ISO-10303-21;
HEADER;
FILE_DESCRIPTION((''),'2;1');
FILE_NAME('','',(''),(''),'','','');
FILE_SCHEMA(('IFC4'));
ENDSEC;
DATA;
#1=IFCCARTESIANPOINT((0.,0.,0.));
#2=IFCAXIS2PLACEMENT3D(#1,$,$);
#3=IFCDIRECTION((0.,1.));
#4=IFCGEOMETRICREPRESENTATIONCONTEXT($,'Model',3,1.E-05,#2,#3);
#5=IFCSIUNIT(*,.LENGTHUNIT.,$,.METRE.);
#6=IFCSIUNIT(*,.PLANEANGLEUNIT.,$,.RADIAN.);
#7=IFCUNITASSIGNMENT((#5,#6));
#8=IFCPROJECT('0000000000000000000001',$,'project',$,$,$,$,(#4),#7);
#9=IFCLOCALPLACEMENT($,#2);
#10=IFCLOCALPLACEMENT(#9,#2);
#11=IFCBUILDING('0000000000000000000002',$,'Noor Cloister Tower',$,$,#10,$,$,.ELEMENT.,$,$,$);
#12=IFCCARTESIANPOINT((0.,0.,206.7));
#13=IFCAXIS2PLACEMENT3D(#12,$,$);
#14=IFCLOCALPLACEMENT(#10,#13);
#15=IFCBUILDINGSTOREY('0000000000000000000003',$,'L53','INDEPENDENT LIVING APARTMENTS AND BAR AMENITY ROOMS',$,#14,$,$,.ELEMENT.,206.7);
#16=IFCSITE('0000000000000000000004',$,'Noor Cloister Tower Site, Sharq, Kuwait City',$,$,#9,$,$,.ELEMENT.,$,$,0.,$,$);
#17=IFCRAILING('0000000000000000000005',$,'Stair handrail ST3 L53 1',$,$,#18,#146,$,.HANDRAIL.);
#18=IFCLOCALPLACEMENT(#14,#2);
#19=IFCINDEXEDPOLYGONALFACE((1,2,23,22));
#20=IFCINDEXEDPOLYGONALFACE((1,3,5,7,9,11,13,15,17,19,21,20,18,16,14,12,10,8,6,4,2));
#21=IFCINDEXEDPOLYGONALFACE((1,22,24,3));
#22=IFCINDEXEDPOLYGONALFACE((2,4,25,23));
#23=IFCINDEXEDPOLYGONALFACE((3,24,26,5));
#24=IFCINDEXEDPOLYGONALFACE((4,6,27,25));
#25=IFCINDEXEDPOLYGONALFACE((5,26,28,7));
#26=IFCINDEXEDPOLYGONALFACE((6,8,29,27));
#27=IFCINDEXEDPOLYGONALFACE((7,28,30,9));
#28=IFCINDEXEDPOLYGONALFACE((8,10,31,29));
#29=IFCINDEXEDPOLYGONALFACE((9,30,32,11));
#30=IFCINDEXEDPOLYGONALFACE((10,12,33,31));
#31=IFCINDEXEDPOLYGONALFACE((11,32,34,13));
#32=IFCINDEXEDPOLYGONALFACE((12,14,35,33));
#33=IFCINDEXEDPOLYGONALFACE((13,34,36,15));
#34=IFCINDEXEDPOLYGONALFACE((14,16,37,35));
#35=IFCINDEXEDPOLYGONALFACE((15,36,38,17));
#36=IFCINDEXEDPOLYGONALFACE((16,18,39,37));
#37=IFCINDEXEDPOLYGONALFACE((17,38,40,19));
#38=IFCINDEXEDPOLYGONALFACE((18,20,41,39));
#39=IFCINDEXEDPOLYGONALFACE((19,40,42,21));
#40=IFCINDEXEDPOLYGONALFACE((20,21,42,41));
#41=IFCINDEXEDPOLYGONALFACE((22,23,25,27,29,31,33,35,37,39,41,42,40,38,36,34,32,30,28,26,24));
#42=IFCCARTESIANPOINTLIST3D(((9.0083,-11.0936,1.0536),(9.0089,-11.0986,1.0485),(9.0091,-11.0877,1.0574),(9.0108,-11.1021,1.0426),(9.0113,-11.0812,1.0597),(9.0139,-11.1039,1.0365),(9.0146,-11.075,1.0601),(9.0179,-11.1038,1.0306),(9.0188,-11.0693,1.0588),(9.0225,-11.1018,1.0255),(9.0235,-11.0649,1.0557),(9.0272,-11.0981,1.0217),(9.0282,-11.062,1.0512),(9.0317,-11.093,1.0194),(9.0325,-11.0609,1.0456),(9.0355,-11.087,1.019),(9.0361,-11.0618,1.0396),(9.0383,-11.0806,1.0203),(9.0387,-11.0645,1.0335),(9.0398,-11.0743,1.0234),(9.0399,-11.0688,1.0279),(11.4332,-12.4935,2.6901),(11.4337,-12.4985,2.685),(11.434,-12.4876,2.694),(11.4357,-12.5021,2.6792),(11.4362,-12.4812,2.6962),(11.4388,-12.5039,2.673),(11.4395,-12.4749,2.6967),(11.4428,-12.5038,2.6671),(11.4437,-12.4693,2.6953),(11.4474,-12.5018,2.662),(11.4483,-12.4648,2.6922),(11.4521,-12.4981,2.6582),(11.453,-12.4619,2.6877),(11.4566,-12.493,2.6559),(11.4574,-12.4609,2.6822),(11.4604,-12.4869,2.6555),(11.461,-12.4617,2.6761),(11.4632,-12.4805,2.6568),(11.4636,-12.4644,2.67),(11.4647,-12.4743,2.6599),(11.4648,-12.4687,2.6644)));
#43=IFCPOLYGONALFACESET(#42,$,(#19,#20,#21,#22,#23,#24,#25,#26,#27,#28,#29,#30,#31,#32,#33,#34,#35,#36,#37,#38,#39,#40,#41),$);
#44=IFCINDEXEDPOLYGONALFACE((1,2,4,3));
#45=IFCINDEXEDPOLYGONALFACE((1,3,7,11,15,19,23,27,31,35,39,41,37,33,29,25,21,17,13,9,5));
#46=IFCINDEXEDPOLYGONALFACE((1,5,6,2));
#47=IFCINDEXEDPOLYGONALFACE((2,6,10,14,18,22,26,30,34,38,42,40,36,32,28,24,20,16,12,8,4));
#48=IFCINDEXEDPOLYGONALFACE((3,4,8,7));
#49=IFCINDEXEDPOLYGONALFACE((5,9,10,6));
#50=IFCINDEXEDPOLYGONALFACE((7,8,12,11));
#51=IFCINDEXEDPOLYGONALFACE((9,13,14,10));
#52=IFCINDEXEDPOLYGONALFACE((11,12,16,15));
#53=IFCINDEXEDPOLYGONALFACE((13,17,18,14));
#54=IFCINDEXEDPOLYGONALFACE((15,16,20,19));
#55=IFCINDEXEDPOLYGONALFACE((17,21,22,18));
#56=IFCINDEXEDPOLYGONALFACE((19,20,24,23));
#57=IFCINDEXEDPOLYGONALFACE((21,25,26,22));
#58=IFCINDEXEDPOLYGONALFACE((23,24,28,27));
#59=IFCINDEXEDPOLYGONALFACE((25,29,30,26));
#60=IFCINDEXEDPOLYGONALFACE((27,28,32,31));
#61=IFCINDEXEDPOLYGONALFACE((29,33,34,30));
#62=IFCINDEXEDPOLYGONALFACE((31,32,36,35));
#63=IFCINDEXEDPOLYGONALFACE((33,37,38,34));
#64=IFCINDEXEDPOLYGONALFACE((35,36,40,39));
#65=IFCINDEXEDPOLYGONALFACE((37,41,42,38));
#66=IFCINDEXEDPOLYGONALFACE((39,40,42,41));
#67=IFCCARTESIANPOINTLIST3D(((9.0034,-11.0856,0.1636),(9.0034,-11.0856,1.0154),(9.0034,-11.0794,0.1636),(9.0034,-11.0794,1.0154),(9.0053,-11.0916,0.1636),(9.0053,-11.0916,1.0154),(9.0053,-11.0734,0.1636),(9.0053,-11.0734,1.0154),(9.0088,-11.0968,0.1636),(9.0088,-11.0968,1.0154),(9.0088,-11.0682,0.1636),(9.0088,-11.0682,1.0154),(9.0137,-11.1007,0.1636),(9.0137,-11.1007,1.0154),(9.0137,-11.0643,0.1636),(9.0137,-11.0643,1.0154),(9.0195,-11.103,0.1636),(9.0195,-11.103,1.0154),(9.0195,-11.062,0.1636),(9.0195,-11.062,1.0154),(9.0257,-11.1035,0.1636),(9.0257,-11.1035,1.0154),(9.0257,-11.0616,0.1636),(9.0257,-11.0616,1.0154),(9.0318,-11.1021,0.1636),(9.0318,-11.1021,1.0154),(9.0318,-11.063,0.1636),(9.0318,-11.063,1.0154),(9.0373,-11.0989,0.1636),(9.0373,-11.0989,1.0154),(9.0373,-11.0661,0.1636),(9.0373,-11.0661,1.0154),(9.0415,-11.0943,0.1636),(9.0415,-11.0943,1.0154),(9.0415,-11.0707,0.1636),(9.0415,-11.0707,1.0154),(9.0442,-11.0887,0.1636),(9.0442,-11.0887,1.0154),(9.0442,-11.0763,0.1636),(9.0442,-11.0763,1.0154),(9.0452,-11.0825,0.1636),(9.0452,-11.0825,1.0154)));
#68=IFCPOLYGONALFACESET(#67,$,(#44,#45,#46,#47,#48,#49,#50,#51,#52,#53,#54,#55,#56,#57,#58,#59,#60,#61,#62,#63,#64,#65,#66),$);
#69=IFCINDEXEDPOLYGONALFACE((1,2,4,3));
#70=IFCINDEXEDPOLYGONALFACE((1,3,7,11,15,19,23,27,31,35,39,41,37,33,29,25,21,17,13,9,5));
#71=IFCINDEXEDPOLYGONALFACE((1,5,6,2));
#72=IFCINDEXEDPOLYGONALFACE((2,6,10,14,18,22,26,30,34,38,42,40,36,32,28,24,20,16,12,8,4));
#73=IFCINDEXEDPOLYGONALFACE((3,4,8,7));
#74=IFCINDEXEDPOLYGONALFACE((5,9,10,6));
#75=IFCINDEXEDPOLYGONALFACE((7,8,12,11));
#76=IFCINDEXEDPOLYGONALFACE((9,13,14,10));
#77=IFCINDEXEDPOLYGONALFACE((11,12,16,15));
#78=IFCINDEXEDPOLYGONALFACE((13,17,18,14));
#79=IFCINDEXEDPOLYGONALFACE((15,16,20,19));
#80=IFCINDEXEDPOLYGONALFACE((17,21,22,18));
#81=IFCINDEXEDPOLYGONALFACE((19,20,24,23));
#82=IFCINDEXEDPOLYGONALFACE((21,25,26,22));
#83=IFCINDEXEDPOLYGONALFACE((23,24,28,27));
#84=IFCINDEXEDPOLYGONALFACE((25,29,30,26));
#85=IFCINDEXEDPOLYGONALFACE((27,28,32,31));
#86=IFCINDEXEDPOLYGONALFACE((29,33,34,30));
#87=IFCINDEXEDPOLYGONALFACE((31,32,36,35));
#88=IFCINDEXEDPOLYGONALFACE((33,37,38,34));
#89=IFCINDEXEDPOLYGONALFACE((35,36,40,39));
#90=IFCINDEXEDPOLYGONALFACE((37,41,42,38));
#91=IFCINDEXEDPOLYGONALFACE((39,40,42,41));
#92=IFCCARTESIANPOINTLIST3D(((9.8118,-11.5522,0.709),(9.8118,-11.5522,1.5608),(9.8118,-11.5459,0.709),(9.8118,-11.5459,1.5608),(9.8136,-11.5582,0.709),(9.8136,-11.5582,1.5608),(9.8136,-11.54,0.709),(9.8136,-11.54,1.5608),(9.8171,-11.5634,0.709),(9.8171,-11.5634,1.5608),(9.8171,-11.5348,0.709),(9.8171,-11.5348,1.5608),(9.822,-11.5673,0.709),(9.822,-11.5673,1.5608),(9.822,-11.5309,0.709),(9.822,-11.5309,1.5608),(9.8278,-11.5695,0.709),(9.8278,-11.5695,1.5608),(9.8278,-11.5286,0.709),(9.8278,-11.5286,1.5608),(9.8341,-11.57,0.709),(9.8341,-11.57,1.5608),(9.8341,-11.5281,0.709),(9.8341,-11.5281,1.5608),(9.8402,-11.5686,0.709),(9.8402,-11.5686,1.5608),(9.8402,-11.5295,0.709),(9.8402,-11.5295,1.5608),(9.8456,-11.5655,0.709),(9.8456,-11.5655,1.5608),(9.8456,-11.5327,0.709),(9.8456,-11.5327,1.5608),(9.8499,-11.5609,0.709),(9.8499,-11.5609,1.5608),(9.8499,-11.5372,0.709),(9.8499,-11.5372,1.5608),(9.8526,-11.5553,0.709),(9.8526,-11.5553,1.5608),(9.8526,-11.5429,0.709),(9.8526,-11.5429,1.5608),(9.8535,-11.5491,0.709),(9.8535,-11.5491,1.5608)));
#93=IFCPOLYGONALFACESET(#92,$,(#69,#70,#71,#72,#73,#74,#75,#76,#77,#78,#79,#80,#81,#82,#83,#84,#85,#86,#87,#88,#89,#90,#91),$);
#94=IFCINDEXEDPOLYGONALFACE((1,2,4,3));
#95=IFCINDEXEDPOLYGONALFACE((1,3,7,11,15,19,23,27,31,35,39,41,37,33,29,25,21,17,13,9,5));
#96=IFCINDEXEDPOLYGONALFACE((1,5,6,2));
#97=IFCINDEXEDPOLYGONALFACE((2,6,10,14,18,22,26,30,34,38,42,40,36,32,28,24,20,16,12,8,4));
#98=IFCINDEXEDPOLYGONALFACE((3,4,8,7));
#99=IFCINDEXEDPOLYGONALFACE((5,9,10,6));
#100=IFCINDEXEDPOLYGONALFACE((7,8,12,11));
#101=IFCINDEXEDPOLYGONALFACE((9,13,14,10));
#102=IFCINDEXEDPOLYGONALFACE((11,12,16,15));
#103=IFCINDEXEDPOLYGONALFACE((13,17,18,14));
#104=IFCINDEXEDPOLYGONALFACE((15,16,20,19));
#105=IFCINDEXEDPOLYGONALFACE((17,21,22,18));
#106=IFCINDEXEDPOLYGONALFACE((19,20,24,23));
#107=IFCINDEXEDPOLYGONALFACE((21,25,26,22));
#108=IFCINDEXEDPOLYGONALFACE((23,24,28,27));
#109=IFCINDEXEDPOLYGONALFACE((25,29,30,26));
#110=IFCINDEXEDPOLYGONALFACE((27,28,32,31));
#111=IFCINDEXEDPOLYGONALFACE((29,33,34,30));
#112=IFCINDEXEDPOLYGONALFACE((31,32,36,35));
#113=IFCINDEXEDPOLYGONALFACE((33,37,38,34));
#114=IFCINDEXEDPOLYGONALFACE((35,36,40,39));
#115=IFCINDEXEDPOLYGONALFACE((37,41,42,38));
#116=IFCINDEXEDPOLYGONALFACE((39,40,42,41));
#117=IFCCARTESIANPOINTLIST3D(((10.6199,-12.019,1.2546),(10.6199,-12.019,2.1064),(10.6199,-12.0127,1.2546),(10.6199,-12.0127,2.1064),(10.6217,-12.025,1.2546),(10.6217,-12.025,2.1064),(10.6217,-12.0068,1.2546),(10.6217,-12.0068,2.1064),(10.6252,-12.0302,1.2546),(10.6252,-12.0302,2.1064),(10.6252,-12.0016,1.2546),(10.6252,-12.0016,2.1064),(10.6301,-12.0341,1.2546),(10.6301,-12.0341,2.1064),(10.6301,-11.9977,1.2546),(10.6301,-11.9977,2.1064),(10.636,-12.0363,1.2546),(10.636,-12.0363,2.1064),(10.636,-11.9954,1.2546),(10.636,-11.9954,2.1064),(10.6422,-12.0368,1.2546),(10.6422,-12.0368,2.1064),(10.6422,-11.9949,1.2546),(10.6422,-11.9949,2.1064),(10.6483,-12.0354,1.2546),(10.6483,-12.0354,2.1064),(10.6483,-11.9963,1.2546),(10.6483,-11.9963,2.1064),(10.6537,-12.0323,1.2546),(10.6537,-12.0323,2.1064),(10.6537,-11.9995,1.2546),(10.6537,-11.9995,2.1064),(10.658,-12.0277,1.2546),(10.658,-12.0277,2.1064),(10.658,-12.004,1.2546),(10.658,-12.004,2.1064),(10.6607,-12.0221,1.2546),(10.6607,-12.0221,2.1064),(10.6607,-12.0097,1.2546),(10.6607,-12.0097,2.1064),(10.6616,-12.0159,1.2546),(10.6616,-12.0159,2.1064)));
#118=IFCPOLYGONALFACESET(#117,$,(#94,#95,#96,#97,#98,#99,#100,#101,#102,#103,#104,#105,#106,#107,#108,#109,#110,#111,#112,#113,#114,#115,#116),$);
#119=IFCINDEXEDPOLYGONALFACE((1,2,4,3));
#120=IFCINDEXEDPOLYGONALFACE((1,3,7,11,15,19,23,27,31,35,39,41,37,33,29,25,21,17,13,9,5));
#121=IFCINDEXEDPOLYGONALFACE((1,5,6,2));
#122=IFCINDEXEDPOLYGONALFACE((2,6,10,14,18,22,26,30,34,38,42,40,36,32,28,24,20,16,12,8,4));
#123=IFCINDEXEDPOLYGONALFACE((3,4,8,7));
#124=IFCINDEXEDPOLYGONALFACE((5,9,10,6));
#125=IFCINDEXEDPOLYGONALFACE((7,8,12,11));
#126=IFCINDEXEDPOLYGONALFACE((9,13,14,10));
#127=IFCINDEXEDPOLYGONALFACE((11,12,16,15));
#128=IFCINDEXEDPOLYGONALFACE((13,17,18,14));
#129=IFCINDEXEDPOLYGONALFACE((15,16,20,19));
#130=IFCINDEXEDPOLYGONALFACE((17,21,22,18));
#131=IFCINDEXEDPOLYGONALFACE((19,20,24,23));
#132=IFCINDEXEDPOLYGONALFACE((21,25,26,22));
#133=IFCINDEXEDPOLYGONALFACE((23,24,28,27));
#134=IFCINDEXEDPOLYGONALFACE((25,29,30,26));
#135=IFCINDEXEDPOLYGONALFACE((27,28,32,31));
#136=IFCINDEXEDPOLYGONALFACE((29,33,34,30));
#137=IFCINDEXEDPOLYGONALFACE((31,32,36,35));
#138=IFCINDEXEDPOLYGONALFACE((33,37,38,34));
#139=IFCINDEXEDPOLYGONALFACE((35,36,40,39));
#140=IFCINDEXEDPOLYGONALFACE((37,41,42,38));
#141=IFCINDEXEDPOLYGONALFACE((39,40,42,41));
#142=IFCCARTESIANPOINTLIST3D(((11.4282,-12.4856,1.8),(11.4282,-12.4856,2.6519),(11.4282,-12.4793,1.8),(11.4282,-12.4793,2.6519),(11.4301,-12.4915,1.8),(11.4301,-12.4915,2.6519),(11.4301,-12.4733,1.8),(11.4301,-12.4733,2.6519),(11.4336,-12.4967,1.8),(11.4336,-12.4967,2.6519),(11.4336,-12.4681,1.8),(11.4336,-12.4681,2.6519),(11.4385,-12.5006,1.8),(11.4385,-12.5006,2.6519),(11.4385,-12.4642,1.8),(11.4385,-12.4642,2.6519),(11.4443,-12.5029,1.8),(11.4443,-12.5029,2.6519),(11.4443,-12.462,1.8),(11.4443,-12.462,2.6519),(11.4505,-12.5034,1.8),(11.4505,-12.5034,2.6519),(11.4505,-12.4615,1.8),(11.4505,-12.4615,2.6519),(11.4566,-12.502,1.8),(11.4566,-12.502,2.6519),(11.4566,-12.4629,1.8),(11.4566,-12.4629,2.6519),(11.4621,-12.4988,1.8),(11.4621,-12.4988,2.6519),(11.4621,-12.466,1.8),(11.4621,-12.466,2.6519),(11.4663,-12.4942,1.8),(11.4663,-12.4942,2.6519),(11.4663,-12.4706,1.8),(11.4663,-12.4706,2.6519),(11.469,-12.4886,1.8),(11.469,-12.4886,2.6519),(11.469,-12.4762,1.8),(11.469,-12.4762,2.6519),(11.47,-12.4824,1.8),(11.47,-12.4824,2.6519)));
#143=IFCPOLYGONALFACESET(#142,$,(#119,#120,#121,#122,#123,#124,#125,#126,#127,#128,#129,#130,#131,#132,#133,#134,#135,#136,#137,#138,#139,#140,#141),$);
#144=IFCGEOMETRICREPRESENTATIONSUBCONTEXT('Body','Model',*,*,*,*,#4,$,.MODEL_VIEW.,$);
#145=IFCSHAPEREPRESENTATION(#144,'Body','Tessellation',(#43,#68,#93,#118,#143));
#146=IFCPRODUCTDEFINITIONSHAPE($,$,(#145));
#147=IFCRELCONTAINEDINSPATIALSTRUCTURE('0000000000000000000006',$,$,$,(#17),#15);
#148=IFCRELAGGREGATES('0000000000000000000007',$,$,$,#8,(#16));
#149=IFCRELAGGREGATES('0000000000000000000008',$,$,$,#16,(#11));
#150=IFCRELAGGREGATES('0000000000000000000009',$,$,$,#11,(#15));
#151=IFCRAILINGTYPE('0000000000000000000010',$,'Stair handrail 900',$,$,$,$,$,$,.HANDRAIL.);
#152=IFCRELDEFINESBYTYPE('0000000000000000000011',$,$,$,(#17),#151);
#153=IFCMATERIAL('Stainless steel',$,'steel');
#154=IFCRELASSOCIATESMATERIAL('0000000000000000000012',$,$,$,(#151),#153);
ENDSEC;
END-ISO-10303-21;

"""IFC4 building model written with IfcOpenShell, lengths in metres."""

from ifc_helpers import new_model, si_unit, direction, frame, origin, origin_2d, place, context, subcontext, project, spatial, circle, extrude, material, type_object, element, save


model = new_model("IFC4")

# Units and contexts
model_context = context("Model", 3, precision=1e-05, world=origin(), true_north=direction((0.0, 1.0)))
body_context = subcontext(model_context, "Body", "Model", "MODEL_VIEW")
ifc_project = project(units=[si_unit("LENGTHUNIT", "METRE"), si_unit("PLANEANGLEUNIT", "RADIAN")], contexts=[model_context])

# Site, building, storey
site_placement = place(None, origin())
site = spatial("IfcSite", under=ifc_project, at=site_placement, Name="Noor Cloister Tower Site, Sharq, Kuwait City", CompositionType="ELEMENT", RefElevation=0.0)
building_placement = place(site_placement, origin())
building = spatial("IfcBuilding", under=site, at=building_placement, Name="Noor Cloister Tower", CompositionType="ELEMENT")
storey_placement = place(building_placement, frame((0.0, 0.0, 206.7)))
storey = spatial("IfcBuildingStorey", under=building, at=storey_placement, Name="L53", Description="INDEPENDENT LIVING APARTMENTS AND BAR AMENITY ROOMS", CompositionType="ELEMENT", Elevation=206.7)

# Railing
ifc_material_1 = material(Name="Stainless steel", Category="steel")
railing_type_1 = type_object("IfcRailingType", Name="Stair handrail 900", PredefinedType="HANDRAIL", material=ifc_material_1)
railing_1_placement = place(storey_placement, frame((9.0242, -11.0825, 0.1636)))
element("IfcRailing", 1, at=railing_1_placement, inside=storey, type_object=railing_type_1, Name="Stair handrail ST3 L53 1", PredefinedType="HANDRAIL", context=body_context, shape_type="SweptSolid", body=[
    extrude(circle(Radius=0.0239, at=origin_2d()), frame((0.0, 0.0, 0.876), z_axis=(0.74769, -0.431661, 0.504608), x_axis=(0.499984, 0.866035, 0.0)), (0.0, 0.0, 1.0), 3.2432),
    extrude(circle(Radius=0.021, at=origin_2d()), origin(), (0.0, 0.0, 1.0), 0.8518),
    extrude(circle(Radius=0.021, at=origin_2d()), frame((0.8083, -0.4666, 0.5454)), (0.0, 0.0, 1.0), 0.8518),
    extrude(circle(Radius=0.021, at=origin_2d()), frame((1.6165, -0.9333, 1.0911)), (0.0, 0.0, 1.0), 0.8518),
    extrude(circle(Radius=0.021, at=origin_2d()), frame((2.4248, -1.3999, 1.6365)), (0.0, 0.0, 1.0), 0.8518),
])

save(model, "model.ifc")
